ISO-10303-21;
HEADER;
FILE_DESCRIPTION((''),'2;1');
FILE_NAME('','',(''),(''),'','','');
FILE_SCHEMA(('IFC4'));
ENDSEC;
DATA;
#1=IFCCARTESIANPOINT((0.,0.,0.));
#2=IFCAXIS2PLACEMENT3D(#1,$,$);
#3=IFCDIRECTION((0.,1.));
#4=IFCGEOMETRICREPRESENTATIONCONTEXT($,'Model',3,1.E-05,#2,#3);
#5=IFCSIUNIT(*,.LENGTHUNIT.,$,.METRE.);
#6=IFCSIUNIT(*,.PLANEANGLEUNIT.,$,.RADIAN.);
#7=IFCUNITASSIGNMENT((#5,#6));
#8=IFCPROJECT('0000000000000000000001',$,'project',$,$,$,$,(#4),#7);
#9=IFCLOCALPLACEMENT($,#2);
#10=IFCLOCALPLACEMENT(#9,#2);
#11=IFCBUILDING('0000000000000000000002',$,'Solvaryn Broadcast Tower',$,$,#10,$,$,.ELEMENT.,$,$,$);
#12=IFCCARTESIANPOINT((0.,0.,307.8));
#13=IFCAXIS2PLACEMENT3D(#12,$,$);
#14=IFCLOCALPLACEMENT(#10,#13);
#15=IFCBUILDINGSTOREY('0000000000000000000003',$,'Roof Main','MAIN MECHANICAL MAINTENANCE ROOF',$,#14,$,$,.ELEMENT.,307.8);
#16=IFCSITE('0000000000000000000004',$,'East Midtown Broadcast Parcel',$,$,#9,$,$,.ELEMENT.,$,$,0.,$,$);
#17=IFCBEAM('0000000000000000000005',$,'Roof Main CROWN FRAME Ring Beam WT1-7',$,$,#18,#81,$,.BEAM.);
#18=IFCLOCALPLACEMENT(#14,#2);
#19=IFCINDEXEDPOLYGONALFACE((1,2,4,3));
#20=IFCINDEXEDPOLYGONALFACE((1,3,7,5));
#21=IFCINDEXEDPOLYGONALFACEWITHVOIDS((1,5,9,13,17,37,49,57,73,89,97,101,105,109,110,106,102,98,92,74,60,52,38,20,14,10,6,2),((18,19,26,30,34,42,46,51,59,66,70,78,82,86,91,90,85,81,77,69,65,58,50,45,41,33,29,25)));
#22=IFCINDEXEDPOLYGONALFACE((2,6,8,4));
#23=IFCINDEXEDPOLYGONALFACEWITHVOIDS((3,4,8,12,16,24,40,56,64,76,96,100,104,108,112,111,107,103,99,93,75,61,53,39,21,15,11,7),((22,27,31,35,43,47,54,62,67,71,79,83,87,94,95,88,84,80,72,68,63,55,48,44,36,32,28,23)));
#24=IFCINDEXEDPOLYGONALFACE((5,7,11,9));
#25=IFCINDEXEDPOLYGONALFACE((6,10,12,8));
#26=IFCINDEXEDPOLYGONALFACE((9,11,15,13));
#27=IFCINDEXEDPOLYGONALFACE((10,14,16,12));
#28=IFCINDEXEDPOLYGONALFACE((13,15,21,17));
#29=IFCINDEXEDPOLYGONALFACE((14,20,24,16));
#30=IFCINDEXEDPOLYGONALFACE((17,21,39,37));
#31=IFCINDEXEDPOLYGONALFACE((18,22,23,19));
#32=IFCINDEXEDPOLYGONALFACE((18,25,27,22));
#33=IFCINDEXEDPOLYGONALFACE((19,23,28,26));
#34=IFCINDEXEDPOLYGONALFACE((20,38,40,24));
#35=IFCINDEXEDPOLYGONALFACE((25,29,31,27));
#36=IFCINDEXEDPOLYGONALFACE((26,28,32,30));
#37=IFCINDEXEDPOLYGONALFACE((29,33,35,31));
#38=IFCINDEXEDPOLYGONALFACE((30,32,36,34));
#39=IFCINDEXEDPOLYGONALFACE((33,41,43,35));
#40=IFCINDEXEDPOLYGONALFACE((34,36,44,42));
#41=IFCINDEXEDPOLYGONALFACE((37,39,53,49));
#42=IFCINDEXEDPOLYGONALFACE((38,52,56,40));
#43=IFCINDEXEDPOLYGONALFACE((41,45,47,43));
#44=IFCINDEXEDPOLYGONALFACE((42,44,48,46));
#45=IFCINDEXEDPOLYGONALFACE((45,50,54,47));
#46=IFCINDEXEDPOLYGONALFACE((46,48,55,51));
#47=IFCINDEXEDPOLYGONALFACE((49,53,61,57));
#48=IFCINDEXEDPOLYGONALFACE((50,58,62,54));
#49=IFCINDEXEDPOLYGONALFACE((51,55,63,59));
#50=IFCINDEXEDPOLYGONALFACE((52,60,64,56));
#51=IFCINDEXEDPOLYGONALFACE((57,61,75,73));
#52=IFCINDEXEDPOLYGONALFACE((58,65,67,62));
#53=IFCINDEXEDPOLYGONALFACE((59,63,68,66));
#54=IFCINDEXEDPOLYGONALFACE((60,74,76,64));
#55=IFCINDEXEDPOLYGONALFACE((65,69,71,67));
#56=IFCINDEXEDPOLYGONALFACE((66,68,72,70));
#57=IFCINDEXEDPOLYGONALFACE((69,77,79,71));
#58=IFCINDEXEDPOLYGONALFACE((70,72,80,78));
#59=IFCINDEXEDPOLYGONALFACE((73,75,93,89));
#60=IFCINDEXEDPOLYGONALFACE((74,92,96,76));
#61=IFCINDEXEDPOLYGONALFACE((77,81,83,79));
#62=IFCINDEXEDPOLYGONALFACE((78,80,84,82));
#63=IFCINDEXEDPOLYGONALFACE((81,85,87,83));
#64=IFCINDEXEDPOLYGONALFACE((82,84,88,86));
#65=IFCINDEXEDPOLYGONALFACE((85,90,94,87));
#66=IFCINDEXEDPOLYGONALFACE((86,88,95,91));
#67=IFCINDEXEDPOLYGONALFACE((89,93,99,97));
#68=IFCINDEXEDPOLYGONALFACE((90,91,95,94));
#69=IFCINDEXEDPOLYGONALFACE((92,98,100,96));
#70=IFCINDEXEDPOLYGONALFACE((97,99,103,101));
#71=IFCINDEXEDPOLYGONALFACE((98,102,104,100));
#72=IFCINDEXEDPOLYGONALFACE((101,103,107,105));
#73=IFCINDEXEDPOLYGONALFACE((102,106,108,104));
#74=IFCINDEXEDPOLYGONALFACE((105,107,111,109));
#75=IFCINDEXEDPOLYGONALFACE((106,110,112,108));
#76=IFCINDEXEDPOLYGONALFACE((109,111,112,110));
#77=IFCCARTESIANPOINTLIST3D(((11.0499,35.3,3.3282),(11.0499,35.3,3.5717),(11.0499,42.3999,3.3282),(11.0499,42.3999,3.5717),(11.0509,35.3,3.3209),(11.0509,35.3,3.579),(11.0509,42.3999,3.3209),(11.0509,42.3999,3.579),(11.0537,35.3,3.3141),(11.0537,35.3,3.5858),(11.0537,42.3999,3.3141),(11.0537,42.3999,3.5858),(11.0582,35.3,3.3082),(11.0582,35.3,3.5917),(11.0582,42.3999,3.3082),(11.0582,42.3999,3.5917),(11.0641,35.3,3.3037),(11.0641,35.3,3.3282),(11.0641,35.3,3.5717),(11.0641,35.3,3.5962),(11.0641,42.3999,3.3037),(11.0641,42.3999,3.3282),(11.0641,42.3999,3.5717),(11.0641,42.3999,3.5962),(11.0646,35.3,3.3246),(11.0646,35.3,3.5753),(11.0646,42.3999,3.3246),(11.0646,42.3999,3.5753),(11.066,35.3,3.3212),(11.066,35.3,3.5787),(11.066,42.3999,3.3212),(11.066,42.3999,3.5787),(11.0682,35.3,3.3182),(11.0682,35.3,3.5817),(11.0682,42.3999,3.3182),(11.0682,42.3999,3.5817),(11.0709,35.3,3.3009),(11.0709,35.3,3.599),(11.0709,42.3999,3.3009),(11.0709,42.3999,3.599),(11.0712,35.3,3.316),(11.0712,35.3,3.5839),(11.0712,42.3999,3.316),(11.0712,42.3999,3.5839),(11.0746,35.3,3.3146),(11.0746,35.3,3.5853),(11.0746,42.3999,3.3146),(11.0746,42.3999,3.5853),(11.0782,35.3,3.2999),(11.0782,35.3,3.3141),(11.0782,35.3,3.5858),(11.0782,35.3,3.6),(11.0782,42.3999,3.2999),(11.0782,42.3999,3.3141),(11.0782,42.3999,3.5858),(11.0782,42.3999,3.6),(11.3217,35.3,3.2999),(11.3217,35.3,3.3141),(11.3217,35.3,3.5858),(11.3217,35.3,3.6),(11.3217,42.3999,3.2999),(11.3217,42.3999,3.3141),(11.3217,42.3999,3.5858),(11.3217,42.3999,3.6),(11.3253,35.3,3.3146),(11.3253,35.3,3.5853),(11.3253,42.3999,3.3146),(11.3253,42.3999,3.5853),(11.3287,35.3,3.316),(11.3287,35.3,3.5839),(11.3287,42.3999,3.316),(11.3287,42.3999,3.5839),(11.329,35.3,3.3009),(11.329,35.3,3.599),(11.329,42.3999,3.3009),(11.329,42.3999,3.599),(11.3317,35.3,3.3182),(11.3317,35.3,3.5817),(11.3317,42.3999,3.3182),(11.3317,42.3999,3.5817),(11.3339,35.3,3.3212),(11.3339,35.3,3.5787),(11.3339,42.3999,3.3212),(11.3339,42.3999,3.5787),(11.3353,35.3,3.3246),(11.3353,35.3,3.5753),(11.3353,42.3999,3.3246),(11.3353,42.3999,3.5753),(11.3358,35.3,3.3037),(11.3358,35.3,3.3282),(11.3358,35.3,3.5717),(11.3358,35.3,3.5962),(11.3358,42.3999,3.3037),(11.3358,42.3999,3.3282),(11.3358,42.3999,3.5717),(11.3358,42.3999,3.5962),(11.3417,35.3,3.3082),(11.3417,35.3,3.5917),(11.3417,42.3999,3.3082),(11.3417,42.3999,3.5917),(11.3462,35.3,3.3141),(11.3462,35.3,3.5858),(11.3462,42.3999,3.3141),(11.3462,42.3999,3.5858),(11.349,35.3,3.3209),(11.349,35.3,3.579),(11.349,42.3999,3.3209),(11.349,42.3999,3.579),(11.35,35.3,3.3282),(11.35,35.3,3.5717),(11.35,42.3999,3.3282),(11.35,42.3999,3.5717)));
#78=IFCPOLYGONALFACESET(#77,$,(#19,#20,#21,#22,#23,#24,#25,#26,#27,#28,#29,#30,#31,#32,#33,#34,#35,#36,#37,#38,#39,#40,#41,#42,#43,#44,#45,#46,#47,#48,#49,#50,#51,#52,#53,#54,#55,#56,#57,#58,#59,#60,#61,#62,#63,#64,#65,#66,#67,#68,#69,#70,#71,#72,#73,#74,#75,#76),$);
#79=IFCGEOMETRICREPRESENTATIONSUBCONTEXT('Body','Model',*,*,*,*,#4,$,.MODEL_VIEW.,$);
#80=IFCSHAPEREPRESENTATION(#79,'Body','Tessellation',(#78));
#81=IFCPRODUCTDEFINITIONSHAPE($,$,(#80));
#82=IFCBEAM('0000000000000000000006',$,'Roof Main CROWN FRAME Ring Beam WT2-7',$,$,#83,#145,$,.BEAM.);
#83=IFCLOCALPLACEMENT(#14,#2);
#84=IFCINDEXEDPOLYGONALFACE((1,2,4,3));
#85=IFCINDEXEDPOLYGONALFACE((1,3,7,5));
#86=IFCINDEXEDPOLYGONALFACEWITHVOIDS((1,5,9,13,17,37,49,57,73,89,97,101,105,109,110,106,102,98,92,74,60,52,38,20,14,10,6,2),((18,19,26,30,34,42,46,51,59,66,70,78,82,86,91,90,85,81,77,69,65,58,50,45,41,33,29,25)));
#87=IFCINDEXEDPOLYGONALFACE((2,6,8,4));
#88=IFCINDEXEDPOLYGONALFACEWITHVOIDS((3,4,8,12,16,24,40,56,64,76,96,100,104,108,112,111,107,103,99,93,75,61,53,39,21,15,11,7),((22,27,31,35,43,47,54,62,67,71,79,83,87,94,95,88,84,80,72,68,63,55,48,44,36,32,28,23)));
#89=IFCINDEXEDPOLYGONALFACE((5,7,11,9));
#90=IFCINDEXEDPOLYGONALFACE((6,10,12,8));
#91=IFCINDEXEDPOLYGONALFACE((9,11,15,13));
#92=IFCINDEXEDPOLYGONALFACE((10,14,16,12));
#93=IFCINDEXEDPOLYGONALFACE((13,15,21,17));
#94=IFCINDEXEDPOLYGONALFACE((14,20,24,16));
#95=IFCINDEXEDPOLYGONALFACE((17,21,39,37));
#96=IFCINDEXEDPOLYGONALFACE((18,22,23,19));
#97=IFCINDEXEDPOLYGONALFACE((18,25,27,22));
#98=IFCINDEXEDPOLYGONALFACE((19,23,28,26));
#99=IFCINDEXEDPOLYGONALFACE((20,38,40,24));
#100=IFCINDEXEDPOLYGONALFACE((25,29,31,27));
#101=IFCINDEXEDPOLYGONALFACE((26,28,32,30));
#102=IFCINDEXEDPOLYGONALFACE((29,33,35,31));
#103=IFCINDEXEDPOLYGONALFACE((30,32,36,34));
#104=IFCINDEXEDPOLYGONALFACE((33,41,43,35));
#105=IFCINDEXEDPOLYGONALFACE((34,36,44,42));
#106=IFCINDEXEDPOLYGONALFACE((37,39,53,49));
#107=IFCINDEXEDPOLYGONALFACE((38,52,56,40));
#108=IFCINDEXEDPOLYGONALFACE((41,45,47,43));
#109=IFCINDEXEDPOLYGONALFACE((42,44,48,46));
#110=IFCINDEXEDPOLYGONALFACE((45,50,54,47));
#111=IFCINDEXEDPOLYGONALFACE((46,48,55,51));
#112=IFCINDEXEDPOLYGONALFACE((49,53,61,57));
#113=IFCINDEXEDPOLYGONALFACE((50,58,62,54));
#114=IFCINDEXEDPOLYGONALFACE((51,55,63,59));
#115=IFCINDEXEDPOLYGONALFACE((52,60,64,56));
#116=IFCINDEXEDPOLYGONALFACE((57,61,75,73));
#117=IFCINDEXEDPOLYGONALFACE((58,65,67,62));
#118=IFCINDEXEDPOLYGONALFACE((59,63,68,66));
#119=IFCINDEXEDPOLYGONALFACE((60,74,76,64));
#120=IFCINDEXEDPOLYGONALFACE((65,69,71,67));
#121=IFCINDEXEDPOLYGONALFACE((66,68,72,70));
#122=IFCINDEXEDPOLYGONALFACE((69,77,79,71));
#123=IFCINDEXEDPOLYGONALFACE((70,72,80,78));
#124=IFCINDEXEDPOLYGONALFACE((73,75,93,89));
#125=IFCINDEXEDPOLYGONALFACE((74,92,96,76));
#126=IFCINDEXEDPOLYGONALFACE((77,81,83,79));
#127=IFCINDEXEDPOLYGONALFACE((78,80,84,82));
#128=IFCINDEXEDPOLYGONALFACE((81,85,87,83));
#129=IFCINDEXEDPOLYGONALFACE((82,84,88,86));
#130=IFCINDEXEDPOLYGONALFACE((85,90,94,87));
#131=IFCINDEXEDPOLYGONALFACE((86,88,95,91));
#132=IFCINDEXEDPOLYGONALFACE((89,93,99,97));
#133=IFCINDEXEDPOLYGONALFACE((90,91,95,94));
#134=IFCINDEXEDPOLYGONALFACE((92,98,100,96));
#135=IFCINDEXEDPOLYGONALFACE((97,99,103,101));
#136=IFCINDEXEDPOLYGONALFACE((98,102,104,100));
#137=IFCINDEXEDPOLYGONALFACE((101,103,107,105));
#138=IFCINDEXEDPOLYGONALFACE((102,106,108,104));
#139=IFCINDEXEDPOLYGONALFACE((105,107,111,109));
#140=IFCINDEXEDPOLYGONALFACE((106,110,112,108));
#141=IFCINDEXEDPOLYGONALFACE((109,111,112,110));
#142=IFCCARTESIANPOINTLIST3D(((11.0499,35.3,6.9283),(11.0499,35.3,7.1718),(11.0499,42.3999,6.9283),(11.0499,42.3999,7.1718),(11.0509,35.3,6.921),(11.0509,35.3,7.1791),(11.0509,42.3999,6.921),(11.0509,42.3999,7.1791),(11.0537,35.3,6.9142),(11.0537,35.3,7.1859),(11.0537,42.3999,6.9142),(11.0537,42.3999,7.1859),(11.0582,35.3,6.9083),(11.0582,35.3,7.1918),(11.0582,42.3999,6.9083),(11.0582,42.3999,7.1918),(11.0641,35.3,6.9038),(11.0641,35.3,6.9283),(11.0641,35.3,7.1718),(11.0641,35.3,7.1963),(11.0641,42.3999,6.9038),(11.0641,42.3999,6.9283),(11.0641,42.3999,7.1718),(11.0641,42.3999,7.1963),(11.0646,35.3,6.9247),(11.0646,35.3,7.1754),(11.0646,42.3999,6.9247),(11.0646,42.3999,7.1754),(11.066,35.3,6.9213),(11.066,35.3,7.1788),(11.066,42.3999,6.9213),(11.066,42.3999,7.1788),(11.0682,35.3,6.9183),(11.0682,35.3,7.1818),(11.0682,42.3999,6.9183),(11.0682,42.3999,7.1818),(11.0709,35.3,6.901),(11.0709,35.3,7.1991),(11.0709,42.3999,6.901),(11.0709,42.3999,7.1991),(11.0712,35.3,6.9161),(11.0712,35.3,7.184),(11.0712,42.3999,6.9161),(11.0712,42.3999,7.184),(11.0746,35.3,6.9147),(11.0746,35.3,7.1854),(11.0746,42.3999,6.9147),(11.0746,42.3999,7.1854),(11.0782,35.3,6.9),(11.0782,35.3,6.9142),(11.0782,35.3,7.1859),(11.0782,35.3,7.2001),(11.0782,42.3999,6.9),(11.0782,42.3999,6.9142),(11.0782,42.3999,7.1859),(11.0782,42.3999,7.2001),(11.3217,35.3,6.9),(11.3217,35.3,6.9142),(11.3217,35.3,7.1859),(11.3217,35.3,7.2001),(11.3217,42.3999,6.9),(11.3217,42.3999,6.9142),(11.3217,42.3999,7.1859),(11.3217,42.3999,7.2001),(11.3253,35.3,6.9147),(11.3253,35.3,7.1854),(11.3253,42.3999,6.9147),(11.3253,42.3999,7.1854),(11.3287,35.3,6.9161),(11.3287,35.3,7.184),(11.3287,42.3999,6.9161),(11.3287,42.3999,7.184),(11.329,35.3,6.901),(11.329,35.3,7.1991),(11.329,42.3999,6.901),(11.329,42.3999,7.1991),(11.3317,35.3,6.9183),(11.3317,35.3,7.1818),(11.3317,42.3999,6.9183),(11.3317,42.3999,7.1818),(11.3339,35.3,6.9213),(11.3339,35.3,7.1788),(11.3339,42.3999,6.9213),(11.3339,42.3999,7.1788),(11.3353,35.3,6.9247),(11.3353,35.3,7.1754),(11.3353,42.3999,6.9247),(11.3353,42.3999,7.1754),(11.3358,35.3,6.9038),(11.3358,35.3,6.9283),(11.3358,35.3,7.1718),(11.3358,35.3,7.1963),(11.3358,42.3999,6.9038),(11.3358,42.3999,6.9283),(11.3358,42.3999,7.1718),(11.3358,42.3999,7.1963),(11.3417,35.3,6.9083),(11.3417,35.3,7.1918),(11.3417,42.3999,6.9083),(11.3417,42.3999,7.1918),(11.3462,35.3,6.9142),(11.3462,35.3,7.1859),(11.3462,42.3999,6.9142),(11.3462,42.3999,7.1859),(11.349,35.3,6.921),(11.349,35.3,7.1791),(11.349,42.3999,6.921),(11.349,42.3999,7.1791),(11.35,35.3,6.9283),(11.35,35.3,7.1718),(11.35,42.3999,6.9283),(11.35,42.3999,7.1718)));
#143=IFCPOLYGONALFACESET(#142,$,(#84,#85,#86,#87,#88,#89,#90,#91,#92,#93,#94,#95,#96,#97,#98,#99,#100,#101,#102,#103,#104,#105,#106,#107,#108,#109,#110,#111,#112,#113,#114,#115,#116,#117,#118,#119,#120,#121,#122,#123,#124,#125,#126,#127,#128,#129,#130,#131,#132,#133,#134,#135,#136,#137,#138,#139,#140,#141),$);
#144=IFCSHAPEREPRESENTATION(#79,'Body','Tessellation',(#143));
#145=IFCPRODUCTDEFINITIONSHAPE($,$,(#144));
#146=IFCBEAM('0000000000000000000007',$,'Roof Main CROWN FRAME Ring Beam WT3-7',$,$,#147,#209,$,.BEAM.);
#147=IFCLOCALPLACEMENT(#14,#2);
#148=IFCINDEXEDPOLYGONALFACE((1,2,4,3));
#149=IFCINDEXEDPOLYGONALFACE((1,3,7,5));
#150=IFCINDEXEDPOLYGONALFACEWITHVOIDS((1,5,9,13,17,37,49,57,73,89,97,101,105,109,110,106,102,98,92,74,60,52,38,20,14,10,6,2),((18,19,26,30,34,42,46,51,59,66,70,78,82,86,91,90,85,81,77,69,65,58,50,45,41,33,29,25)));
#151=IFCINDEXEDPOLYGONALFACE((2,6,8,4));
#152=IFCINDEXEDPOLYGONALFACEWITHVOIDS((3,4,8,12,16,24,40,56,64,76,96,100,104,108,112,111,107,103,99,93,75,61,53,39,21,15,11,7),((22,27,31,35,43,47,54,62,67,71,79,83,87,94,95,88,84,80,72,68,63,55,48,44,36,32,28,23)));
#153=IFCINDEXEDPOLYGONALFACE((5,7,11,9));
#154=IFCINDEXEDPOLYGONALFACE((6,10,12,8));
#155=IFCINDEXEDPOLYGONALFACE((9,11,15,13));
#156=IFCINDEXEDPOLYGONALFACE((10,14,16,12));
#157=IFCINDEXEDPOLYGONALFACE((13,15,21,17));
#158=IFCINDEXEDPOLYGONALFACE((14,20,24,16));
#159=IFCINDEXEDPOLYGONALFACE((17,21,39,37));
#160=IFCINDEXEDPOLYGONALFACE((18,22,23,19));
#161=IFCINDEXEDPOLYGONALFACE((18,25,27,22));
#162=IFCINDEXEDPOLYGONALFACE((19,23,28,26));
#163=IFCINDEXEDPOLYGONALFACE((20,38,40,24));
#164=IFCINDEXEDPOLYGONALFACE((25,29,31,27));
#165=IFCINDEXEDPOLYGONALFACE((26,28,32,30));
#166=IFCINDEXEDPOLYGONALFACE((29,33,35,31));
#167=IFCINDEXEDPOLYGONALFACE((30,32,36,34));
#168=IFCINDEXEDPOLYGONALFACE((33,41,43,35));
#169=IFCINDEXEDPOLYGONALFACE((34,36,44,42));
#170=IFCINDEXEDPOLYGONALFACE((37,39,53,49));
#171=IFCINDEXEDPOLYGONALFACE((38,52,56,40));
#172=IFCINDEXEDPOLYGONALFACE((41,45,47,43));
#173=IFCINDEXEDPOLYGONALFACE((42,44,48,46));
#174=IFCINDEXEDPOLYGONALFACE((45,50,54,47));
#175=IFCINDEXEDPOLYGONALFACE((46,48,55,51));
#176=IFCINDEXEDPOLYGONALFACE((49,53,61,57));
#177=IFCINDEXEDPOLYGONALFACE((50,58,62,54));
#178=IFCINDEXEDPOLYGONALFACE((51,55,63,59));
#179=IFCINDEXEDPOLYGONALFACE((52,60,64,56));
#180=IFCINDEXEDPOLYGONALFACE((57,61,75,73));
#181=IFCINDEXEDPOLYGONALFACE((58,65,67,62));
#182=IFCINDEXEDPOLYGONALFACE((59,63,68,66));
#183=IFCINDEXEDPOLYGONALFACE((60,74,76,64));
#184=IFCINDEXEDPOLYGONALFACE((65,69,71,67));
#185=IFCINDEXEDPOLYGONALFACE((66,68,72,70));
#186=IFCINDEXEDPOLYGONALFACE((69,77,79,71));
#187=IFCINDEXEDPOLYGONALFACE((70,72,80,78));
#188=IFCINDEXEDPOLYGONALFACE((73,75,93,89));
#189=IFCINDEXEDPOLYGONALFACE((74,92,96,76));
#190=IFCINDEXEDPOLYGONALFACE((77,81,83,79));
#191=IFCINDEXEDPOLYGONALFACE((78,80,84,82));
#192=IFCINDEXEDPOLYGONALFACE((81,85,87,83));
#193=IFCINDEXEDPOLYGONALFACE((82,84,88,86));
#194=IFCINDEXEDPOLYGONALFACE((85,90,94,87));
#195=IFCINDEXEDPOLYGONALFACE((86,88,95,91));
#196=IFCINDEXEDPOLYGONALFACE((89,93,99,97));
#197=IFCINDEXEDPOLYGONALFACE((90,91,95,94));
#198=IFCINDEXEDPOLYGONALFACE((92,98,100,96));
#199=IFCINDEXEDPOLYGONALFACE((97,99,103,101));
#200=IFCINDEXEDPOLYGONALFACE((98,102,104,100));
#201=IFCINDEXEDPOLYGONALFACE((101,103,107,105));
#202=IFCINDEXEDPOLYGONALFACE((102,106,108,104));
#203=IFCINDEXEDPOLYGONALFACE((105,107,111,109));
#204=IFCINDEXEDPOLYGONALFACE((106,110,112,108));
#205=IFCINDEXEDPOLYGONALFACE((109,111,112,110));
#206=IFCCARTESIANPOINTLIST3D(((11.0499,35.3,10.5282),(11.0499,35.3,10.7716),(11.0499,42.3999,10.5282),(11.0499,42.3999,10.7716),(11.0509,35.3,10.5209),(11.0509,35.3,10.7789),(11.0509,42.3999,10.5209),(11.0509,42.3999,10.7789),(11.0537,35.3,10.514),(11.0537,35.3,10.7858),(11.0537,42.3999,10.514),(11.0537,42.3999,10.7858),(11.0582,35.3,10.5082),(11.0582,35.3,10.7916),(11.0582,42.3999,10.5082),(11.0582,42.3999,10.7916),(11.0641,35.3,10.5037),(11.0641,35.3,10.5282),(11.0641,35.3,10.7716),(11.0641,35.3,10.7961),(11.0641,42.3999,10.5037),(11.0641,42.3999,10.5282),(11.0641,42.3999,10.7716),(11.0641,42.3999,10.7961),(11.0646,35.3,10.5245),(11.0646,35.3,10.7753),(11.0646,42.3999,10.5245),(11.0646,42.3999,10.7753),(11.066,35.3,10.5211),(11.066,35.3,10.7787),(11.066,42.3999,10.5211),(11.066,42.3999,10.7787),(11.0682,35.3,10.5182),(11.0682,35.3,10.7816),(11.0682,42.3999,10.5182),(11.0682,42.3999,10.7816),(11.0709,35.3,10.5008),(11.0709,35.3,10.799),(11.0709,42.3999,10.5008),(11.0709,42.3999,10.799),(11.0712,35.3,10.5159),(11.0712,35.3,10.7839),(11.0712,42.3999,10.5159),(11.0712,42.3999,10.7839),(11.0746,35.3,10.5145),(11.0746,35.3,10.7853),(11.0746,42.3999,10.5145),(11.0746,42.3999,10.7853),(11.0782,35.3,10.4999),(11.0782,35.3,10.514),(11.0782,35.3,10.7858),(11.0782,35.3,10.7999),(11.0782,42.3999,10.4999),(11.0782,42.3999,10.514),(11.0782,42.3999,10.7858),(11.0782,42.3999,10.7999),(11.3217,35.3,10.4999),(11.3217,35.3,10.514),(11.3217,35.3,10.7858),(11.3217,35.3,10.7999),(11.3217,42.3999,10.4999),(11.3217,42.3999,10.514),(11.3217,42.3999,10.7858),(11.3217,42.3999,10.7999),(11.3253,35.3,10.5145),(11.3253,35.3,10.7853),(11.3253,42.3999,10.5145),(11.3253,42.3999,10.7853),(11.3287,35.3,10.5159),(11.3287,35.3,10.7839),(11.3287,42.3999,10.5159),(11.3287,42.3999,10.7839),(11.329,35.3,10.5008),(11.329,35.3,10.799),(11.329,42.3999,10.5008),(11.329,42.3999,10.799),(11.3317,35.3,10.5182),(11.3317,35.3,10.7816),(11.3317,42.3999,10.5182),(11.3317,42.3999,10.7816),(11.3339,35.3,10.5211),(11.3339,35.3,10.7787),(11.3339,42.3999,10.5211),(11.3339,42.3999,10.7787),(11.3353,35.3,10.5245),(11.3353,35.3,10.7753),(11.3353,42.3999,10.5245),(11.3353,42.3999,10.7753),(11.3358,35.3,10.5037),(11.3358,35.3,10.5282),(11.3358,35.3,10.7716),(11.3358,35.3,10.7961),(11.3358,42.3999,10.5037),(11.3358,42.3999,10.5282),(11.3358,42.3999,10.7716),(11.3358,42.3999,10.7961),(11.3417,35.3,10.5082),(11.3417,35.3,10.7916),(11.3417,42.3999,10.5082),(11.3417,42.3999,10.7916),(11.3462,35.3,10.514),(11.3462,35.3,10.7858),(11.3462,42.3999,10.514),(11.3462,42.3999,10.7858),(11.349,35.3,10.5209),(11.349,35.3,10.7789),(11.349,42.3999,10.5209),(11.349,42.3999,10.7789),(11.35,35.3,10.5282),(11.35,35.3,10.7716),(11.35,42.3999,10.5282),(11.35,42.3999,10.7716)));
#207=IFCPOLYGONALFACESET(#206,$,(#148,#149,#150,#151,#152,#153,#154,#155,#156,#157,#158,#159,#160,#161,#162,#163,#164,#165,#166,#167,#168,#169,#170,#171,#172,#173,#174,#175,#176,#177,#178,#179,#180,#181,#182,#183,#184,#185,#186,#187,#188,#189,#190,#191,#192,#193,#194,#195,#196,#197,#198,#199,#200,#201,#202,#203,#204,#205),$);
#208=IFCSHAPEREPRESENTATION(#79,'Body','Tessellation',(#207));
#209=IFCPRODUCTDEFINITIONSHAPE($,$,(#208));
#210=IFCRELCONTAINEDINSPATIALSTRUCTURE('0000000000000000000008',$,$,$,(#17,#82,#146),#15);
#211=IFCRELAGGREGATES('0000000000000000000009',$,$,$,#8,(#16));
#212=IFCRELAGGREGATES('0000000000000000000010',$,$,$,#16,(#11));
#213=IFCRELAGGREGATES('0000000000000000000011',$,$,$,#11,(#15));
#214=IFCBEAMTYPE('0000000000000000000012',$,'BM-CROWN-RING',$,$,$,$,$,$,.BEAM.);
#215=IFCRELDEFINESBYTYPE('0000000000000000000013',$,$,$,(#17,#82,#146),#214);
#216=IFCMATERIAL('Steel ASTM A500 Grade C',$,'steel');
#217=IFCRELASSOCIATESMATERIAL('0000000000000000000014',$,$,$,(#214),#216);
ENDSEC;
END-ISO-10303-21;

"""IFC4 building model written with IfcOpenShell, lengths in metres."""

from ifc_helpers import new_model, si_unit, direction, frame, origin, origin_2d, place, context, subcontext, project, spatial, hollow_rectangle, extrude, material, material_profile, profile_set, type_object, element, save


model = new_model("IFC4")

# Units and contexts
model_context = context("Model", 3, precision=1e-05, world=origin(), true_north=direction((0.0, 1.0)))
body_context = subcontext(model_context, "Body", "Model", "MODEL_VIEW")
ifc_project = project(units=[si_unit("LENGTHUNIT", "METRE"), si_unit("PLANEANGLEUNIT", "RADIAN")], contexts=[model_context])

# Site, building, storey
site_placement = place(None, origin())
site = spatial("IfcSite", under=ifc_project, at=site_placement, Name="East Midtown Broadcast Parcel", CompositionType="ELEMENT", RefElevation=0.0)
building_placement = place(site_placement, origin())
building = spatial("IfcBuilding", under=site, at=building_placement, Name="Solvaryn Broadcast Tower", CompositionType="ELEMENT")
storey_placement = place(building_placement, frame((0.0, 0.0, 307.8)))
storey = spatial("IfcBuildingStorey", under=building, at=storey_placement, Name="Roof Main", Description="MAIN MECHANICAL MAINTENANCE ROOF", CompositionType="ELEMENT", Elevation=307.8)

# Beams
ifc_material_1 = material(Name="Steel ASTM A500 Grade C", Category="steel")
ifc_material_profile_1 = material_profile(ifc_material_1, hollow_rectangle(XDim=0.3, YDim=0.3, WallThickness=0.0142, InnerFilletRadius=0.0142, OuterFilletRadius=0.0283, at=origin_2d()))
ifc_profile_set_1 = profile_set([ifc_material_profile_1], Name="Steel ASTM A500 Grade C")
beam_type = type_object("IfcBeamType", Name="BM-CROWN-RING", PredefinedType="BEAM", material=ifc_profile_set_1)
for number, where, z_axis, x_axis, name in (
    (1, (11.2, 42.3999, 3.45), (0.0, -1.0, 0.0), (1.0, 0.0, 0.0), "Roof Main CROWN FRAME Ring Beam WT1-7"),
    (2, (11.2, 42.3999, 7.05), (0.0, -1.0, 0.0), (1.0, 0.0, 0.0), "Roof Main CROWN FRAME Ring Beam WT2-7"),
    (3, (11.2, 42.3999, 10.6499), (0.0, -1.0, 0.0), (1.0, 0.0, 0.0), "Roof Main CROWN FRAME Ring Beam WT3-7"),
):
    element("IfcBeam", number, at=place(storey_placement, frame(where, z_axis=z_axis, x_axis=x_axis)), inside=storey, type_object=beam_type, Name=name, PredefinedType="BEAM", context=body_context, shape_type="SweptSolid", body=[
        extrude(hollow_rectangle(XDim=0.3, YDim=0.3, WallThickness=0.0142, InnerFilletRadius=0.0142, OuterFilletRadius=0.0283, at=origin_2d()), origin(), (0.0, 0.0, 1.0), 7.0999),
    ])

save(model, "model.ifc")
